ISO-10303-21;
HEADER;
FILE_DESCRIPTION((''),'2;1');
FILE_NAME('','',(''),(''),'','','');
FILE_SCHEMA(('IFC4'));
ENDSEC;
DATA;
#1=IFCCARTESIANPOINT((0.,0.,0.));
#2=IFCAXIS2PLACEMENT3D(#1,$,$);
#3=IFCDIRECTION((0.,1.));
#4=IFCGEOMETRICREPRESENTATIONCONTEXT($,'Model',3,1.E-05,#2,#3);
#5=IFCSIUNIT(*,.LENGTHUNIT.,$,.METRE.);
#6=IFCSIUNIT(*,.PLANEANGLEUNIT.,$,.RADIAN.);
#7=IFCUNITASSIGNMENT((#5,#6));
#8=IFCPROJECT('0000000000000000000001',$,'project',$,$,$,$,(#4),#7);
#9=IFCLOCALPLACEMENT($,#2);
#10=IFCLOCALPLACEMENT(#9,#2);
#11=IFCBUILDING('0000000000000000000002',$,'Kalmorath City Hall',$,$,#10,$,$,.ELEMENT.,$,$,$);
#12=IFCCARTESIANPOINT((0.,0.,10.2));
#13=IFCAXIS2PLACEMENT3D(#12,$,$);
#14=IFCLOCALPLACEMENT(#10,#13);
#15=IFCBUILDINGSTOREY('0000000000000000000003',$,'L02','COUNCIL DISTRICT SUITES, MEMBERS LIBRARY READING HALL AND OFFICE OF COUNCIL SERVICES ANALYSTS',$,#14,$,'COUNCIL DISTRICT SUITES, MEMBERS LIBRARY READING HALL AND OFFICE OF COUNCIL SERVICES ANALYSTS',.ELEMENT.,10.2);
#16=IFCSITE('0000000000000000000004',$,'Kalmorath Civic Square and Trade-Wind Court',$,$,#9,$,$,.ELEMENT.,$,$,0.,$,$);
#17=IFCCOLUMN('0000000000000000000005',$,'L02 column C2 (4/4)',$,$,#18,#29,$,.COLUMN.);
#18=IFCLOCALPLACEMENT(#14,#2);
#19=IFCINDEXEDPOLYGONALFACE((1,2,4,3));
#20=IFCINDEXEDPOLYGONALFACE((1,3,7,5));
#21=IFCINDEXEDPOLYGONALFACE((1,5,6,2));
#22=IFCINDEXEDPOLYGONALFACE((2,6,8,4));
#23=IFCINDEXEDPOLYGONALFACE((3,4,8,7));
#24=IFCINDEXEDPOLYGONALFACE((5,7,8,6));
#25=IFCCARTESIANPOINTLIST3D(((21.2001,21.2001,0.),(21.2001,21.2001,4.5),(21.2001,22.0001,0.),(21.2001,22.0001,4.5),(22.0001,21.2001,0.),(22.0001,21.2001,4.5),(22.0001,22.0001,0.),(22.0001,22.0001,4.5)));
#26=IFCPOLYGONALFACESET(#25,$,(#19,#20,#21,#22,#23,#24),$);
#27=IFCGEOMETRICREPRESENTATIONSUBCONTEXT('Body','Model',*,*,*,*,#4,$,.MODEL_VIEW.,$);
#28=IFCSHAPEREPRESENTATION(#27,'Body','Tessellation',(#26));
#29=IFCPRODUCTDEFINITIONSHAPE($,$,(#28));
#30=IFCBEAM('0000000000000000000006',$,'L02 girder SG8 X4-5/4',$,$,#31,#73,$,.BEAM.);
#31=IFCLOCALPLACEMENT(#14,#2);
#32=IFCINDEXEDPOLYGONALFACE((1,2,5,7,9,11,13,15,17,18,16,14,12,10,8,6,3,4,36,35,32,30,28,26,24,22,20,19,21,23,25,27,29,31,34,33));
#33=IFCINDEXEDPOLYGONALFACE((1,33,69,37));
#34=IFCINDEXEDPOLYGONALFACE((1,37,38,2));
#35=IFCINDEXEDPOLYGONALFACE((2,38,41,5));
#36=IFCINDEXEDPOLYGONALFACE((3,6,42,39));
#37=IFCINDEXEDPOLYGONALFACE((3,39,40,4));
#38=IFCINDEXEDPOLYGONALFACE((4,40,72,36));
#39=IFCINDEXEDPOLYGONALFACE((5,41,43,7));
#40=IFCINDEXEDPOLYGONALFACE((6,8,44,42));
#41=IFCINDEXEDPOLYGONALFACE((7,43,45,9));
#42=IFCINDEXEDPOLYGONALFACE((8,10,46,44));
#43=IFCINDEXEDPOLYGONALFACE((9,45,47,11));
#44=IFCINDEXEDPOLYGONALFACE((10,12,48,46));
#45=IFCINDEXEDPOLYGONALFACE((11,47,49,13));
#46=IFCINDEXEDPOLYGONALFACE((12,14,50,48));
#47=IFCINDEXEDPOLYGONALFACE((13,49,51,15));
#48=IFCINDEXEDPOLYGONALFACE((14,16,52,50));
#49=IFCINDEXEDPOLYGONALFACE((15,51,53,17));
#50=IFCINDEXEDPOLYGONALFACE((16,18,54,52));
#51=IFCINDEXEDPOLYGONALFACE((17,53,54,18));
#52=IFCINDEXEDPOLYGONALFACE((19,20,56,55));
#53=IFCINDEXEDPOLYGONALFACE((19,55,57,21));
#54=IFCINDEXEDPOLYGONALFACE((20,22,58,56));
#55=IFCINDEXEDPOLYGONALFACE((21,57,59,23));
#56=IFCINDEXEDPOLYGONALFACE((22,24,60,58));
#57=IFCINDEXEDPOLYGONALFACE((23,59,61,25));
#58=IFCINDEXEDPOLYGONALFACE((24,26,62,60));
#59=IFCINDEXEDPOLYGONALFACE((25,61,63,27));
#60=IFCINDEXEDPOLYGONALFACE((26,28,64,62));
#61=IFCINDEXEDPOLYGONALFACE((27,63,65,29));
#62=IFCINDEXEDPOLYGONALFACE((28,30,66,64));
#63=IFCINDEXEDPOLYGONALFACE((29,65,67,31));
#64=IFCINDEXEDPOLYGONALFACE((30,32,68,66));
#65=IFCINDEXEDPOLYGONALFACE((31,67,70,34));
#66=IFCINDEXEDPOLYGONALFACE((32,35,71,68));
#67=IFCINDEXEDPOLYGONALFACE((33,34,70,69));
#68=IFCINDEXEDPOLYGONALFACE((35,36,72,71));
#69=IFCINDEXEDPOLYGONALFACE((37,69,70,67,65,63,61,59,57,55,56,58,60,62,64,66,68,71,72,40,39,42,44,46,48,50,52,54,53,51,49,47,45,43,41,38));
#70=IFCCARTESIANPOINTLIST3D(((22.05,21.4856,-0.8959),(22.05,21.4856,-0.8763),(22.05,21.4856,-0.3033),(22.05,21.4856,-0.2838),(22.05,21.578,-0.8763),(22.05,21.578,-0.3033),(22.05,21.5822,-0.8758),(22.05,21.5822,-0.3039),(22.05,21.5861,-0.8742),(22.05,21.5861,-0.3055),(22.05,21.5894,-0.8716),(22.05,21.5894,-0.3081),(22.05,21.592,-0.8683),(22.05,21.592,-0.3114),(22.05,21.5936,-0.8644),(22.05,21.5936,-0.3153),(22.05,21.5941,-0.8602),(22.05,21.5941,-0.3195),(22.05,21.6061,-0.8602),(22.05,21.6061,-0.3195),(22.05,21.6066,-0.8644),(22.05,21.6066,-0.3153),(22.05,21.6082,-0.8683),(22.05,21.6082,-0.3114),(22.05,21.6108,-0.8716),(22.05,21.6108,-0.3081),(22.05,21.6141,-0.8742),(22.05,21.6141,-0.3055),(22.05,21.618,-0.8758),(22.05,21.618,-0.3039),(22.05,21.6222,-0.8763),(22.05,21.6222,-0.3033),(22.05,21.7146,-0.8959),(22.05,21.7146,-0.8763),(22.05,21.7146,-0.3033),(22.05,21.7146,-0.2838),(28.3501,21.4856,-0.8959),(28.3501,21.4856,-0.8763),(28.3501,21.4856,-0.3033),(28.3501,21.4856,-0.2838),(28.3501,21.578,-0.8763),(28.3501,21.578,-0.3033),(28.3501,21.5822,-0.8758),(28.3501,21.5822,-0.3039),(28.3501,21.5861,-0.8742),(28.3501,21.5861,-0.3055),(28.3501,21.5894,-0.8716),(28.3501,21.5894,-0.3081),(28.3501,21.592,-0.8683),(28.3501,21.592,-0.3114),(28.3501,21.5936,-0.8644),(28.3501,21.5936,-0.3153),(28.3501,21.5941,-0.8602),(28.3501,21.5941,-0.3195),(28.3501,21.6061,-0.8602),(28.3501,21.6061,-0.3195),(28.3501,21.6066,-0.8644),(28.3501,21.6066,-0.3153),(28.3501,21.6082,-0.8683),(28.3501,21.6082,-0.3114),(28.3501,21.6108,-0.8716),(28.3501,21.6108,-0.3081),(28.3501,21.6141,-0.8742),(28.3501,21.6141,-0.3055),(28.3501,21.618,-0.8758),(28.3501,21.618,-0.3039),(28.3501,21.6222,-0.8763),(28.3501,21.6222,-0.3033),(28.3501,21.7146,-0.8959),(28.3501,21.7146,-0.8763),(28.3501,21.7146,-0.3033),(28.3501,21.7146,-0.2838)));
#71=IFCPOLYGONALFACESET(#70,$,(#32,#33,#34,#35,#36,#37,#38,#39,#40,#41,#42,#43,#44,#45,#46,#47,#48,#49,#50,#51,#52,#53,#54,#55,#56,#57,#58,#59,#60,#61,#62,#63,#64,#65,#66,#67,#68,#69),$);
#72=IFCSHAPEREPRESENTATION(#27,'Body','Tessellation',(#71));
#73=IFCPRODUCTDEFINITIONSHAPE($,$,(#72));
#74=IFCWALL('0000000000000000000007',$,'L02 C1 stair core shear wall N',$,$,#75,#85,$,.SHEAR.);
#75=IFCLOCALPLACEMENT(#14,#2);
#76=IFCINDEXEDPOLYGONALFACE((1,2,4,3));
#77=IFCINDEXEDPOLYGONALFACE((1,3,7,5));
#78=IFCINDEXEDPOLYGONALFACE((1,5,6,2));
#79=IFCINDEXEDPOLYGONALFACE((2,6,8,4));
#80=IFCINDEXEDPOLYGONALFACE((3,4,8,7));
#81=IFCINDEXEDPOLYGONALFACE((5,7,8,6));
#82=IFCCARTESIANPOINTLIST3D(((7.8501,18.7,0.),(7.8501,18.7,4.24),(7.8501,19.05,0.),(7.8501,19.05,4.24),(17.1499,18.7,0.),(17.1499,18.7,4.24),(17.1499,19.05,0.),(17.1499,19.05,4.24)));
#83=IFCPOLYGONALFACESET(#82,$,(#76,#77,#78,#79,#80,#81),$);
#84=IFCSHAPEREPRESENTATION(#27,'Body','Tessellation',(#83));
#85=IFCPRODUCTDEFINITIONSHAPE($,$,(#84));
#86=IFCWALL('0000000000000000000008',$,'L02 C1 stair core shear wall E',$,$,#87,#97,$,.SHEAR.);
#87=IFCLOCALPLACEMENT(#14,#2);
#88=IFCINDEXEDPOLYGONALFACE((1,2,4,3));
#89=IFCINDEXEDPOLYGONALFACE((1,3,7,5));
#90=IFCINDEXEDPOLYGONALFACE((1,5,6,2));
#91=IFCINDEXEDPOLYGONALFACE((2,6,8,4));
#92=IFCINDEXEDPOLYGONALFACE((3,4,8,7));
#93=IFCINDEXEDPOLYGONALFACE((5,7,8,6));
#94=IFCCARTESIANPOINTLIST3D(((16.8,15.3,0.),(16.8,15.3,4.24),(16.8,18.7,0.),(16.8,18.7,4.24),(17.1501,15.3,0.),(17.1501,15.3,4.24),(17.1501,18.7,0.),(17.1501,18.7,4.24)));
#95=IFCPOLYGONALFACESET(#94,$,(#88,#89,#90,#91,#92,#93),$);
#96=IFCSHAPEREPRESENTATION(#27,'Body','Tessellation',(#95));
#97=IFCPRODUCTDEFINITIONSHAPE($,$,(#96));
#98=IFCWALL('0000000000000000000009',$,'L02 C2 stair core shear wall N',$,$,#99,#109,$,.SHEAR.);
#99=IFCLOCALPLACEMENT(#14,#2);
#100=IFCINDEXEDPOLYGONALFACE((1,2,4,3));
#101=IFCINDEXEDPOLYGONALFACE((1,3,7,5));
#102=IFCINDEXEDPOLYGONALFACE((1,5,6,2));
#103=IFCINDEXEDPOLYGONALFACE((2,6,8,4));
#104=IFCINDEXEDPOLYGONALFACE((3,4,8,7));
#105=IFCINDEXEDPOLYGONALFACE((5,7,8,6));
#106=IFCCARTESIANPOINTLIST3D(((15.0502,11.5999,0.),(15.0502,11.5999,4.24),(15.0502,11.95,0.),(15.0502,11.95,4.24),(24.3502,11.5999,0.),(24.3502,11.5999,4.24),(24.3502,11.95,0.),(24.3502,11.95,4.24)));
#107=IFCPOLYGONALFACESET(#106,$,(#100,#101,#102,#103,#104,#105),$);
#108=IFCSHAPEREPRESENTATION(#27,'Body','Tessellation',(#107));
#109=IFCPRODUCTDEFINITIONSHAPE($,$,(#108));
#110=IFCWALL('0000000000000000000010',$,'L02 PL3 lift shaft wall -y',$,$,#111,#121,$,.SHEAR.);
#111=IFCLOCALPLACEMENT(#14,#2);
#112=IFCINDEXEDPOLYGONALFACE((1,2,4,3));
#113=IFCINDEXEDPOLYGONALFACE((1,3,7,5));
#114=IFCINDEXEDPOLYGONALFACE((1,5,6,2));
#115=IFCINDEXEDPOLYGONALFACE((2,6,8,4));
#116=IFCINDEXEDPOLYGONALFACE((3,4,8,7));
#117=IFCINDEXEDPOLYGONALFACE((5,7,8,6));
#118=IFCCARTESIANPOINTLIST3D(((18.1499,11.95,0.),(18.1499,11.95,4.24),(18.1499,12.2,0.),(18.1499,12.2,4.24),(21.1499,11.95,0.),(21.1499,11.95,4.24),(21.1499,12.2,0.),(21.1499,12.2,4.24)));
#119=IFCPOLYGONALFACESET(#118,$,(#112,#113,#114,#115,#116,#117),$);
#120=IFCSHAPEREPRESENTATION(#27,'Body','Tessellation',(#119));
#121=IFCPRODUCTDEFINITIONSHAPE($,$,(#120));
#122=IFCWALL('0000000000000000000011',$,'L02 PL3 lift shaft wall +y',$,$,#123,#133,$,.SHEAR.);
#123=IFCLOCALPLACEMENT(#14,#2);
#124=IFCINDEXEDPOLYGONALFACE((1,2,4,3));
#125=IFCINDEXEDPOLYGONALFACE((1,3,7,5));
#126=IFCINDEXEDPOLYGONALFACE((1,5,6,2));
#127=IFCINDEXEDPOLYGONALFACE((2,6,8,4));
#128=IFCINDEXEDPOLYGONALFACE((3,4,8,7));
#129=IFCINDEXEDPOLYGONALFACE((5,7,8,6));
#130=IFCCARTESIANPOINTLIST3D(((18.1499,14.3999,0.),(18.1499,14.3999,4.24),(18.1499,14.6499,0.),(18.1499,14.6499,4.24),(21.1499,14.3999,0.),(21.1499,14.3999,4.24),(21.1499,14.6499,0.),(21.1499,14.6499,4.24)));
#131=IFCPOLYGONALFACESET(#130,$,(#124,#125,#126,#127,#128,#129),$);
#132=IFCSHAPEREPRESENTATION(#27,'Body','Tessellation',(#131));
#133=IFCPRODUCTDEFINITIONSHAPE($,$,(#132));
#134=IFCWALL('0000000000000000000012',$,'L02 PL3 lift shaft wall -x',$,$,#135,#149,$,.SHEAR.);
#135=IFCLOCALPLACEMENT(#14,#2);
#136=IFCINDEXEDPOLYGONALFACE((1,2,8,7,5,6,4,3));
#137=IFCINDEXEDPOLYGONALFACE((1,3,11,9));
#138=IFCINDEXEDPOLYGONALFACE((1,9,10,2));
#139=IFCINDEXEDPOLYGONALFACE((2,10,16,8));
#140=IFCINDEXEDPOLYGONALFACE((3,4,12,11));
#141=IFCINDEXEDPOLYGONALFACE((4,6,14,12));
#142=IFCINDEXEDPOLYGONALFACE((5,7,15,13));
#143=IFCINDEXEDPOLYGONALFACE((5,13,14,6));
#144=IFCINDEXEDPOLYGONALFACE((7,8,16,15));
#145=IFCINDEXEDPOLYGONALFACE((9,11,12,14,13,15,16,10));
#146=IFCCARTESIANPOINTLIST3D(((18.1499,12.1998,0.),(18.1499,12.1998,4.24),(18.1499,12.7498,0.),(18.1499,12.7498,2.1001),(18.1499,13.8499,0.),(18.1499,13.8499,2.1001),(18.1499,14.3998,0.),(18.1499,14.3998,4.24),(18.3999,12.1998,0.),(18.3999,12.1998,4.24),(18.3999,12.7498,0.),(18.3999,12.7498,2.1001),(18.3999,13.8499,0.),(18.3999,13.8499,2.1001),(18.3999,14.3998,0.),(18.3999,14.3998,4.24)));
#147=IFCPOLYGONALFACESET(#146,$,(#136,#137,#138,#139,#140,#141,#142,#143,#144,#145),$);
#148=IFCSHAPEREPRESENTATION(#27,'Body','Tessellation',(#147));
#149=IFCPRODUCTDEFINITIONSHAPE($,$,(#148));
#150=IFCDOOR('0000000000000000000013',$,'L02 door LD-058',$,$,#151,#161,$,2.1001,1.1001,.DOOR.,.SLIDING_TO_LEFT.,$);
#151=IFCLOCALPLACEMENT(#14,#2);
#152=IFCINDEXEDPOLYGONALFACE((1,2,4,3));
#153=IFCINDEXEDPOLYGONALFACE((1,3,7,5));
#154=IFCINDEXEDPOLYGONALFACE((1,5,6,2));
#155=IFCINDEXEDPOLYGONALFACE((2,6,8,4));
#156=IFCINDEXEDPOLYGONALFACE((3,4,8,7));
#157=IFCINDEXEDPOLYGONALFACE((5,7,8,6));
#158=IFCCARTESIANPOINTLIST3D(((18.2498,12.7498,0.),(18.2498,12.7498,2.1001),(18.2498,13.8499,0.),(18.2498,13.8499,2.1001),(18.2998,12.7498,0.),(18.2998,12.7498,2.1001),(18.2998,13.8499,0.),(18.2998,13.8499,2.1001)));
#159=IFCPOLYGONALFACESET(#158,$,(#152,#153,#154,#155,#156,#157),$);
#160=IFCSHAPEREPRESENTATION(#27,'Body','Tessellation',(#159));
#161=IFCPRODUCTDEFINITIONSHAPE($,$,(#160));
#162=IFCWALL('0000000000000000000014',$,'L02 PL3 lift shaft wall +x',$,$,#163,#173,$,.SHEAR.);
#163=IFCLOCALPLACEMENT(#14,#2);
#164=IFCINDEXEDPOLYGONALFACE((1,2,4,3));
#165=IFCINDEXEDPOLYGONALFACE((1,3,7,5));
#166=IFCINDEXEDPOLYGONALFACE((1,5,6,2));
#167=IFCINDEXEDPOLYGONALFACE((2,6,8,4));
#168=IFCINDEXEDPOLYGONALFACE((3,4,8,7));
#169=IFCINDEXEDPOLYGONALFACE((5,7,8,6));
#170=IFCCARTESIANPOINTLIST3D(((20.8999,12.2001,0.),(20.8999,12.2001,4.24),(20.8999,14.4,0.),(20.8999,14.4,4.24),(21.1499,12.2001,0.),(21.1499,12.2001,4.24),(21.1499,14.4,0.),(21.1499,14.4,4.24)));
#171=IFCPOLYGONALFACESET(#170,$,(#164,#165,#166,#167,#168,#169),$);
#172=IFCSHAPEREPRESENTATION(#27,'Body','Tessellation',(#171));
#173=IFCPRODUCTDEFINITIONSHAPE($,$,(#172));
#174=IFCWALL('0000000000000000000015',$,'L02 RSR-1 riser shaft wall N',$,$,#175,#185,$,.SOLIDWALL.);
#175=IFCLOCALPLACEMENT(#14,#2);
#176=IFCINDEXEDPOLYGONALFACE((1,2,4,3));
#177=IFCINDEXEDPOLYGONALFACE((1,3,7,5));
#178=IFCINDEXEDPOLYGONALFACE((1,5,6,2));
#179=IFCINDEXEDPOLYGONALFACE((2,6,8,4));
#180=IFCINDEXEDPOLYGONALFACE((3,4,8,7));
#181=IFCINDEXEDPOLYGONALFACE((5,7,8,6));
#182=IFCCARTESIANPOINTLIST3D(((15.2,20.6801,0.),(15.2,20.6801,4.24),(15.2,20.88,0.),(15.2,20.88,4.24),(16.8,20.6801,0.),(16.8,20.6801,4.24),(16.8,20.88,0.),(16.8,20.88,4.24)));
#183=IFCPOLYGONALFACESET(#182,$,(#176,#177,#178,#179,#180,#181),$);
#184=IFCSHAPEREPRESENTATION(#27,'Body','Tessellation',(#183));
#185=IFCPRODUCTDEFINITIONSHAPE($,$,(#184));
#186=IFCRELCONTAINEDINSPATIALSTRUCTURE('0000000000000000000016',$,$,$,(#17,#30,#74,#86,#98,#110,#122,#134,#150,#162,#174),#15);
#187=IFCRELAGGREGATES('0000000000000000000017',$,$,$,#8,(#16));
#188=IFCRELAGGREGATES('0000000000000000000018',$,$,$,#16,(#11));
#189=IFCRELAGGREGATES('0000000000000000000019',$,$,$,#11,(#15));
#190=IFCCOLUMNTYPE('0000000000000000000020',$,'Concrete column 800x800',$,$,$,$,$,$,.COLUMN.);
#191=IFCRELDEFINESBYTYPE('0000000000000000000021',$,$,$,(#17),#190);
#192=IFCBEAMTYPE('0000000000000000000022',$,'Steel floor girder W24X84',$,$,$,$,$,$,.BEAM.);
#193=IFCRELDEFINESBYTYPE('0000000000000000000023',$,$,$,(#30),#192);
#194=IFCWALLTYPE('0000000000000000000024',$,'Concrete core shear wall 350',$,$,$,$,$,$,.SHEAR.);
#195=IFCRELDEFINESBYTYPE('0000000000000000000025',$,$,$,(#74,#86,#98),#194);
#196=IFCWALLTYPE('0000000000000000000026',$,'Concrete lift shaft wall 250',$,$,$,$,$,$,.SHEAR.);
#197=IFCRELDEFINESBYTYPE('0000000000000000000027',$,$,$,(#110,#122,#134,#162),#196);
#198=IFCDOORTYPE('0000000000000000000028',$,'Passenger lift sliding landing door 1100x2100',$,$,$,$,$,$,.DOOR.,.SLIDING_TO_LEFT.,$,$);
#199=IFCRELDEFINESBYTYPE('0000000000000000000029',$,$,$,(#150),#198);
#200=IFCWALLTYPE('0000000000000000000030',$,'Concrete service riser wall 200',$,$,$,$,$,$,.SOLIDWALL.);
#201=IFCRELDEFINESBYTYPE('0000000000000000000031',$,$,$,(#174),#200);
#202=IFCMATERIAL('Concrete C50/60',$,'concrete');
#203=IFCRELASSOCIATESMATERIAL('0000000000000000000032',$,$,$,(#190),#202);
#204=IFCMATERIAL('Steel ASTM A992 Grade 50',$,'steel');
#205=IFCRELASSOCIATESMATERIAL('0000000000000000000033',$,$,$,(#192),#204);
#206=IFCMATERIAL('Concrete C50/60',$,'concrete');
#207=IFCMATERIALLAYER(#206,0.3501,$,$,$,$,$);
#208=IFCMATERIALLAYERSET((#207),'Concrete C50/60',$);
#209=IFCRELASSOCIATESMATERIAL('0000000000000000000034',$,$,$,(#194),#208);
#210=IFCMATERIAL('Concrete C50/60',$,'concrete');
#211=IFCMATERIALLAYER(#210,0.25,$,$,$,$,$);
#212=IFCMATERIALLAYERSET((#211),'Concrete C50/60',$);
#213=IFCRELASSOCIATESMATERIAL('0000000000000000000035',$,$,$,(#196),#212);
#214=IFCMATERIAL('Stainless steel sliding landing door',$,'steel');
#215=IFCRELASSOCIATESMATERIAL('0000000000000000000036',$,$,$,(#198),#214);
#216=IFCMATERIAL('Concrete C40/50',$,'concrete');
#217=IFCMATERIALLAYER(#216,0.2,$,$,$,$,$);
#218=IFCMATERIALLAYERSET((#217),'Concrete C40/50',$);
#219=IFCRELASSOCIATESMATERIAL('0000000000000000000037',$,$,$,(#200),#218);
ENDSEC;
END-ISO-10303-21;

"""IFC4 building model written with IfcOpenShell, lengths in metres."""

from ifc_helpers import new_model, si_unit, direction, frame, frame_2d, origin, origin_2d, place, context, subcontext, project, spatial, rectangle, i_section, extrude, material, layer, layer_set, material_profile, profile_set, type_object, element, fill, save


model = new_model("IFC4")

# Units and contexts
model_context = context("Model", 3, precision=1e-05, world=origin(), true_north=direction((0.0, 1.0)))
body_context = subcontext(model_context, "Body", "Model", "MODEL_VIEW")
ifc_project = project(units=[si_unit("LENGTHUNIT", "METRE"), si_unit("PLANEANGLEUNIT", "RADIAN")], contexts=[model_context])

# Site, building, storey
site_placement = place(None, origin())
site = spatial("IfcSite", under=ifc_project, at=site_placement, Name="Kalmorath Civic Square and Trade-Wind Court", CompositionType="ELEMENT", RefElevation=0.0)
building_placement = place(site_placement, origin())
building = spatial("IfcBuilding", under=site, at=building_placement, Name="Kalmorath City Hall", CompositionType="ELEMENT")
storey_placement = place(building_placement, frame((0.0, 0.0, 10.2)))
storey = spatial("IfcBuildingStorey", under=building, at=storey_placement, Name="L02", Description="COUNCIL DISTRICT SUITES, MEMBERS LIBRARY READING HALL AND OFFICE OF COUNCIL SERVICES ANALYSTS", LongName="COUNCIL DISTRICT SUITES, MEMBERS LIBRARY READING HALL AND OFFICE OF COUNCIL SERVICES ANALYSTS", CompositionType="ELEMENT", Elevation=10.2)

# Column
ifc_material_1 = material(Name="Concrete C50/60", Category="concrete")
ifc_material_profile_1 = material_profile(ifc_material_1, rectangle(XDim=0.8, YDim=0.8, at=origin_2d()), Name="RC-COL-800X800")
ifc_profile_set_1 = profile_set([ifc_material_profile_1], Name="Concrete C50/60")
column_type = type_object("IfcColumnType", Name="Concrete column 800x800", PredefinedType="COLUMN", material=ifc_profile_set_1)
column_placement = place(storey_placement, frame((21.6001, 21.6001, 0.0), z_axis=(0.0, 0.0, 1.0), x_axis=(1.0, 0.0, 0.0)))
element("IfcColumn", 1, at=column_placement, inside=storey, type_object=column_type, Name="L02 column C2 (4/4)", PredefinedType="COLUMN", context=body_context, shape_type="SweptSolid", body=[
    extrude(rectangle(XDim=0.8, YDim=0.8, at=origin_2d()), origin(), (0.0, 0.0, 1.0), 4.5),
])

# Beam
ifc_material_2 = material(Name="Steel ASTM A992 Grade 50", Category="steel")
ifc_material_profile_2 = material_profile(ifc_material_2, i_section(OverallWidth=0.229, OverallDepth=0.6121, WebThickness=0.012, FlangeThickness=0.0195, FilletRadius=0.0161, at=origin_2d()), Name="W24X84")
ifc_profile_set_2 = profile_set([ifc_material_profile_2], Name="Steel ASTM A992 Grade 50")
beam_type = type_object("IfcBeamType", Name="Steel floor girder W24X84", PredefinedType="BEAM", material=ifc_profile_set_2)
beam_placement = place(storey_placement, frame((22.05, 21.6001, -0.5898), z_axis=(1.0, 0.0, 0.0), x_axis=(0.0, 1.0, 0.0)))
element("IfcBeam", 2, at=beam_placement, inside=storey, type_object=beam_type, Name="L02 girder SG8 X4-5/4", PredefinedType="BEAM", context=body_context, shape_type="SweptSolid", body=[
    extrude(i_section(OverallWidth=0.229, OverallDepth=0.6121, WebThickness=0.012, FlangeThickness=0.0195, FilletRadius=0.0161, at=origin_2d()), origin(), (0.0, 0.0, 1.0), 6.3),
])

# Walls
ifc_material_3 = material(Name="Concrete C50/60", Category="concrete")
ifc_layer_1 = layer(ifc_material_3, 0.3501)
ifc_layer_set_1 = layer_set([ifc_layer_1], Name="Concrete C50/60")
wall_type_1 = type_object("IfcWallType", Name="Concrete core shear wall 350", PredefinedType="SHEAR", material=ifc_layer_set_1)
wall_1_placement = place(storey_placement, frame((17.1499, 18.875, 0.0), z_axis=(0.0, 0.0, 1.0), x_axis=(-1.0, 0.0, 0.0)))
element("IfcWall", 3, at=wall_1_placement, inside=storey, type_object=wall_type_1, Name="L02 C1 stair core shear wall N", PredefinedType="SHEAR", context=body_context, shape_type="SweptSolid", body=[
    extrude(rectangle(XDim=9.2998, YDim=0.3501, at=frame_2d((4.6499, 0.0))), origin(), (0.0, 0.0, 1.0), 4.24),
])
wall_2_placement = place(storey_placement, frame((16.9751, 15.3, 0.0), z_axis=(0.0, 0.0, 1.0), x_axis=(0.0, 1.0, 0.0)))
element("IfcWall", 4, at=wall_2_placement, inside=storey, type_object=wall_type_1, Name="L02 C1 stair core shear wall E", PredefinedType="SHEAR", context=body_context, shape_type="SweptSolid", body=[
    extrude(rectangle(XDim=3.3999, YDim=0.3501, at=frame_2d((1.7, 0.0))), origin(), (0.0, 0.0, 1.0), 4.24),
])
wall_3_placement = place(storey_placement, frame((24.3501, 11.7749, 0.0), z_axis=(0.0, 0.0, 1.0), x_axis=(-1.0, 0.0, 0.0)))
element("IfcWall", 5, at=wall_3_placement, inside=storey, type_object=wall_type_1, Name="L02 C2 stair core shear wall N", PredefinedType="SHEAR", context=body_context, shape_type="SweptSolid", body=[
    extrude(rectangle(XDim=9.3, YDim=0.3501, at=frame_2d((4.6499, 0.0))), origin(), (0.0, 0.0, 1.0), 4.24),
])
ifc_material_4 = material(Name="Concrete C50/60", Category="concrete")
ifc_layer_2 = layer(ifc_material_4, 0.25)
ifc_layer_set_2 = layer_set([ifc_layer_2], Name="Concrete C50/60")
wall_type_2 = type_object("IfcWallType", Name="Concrete lift shaft wall 250", PredefinedType="SHEAR", material=ifc_layer_set_2)
for number, where, z_axis, x_axis, name in (
    (6, (18.1499, 12.075, 0.0), (0.0, 0.0, 1.0), (1.0, 0.0, 0.0), "L02 PL3 lift shaft wall -y"),
    (7, (21.1499, 14.5249, 0.0), (0.0, 0.0, 1.0), (-1.0, 0.0, 0.0), "L02 PL3 lift shaft wall +y"),
):
    element("IfcWall", number, at=place(storey_placement, frame(where, z_axis=z_axis, x_axis=x_axis)), inside=storey, type_object=wall_type_2, Name=name, PredefinedType="SHEAR", context=body_context, shape_type="SweptSolid", body=[
        extrude(rectangle(XDim=3.0, YDim=0.25, at=frame_2d((1.5, 0.0))), origin(), (0.0, 0.0, 1.0), 4.24),
    ])

# Wall, opening, door
wall_4_placement = place(storey_placement, frame((18.2749, 14.3999, 0.0), z_axis=(0.0, 0.0, 1.0), x_axis=(0.0, -1.0, 0.0)))
wall_4 = element("IfcWall", 8, at=wall_4_placement, inside=storey, type_object=wall_type_2, Name="L02 PL3 lift shaft wall -x", PredefinedType="SHEAR", context=body_context, shape_type="SweptSolid", body=[
    extrude(rectangle(XDim=2.2, YDim=0.25, at=frame_2d((1.1001, 0.0))), origin(), (0.0, 0.0, 1.0), 4.24),
])
opening_1_placement = place(wall_4_placement, frame((0.55, 0.0, 0.0)))
opening_1 = element("IfcOpeningElement", 9, at=opening_1_placement, cuts=wall_4, PredefinedType="OPENING", context=body_context, shape_type="SweptSolid", body=[
    extrude(rectangle(XDim=1.1001, YDim=2.1001, at=frame_2d((0.55, 1.05))), frame((0.0, 0.135, 0.0), z_axis=(0.0, -1.0, 0.0), x_axis=(1.0, 0.0, 0.0)), (0.0, 0.0, 1.0), 0.27),
])
ifc_material_5 = material(Name="Stainless steel sliding landing door", Category="steel")
door_type_1 = type_object("IfcDoorType", Name="Passenger lift sliding landing door 1100x2100", OperationType="SLIDING_TO_LEFT", PredefinedType="DOOR", material=ifc_material_5)
door_1_placement = place(opening_1_placement, origin())
door_1 = element("IfcDoor", 10, at=door_1_placement, inside=storey, type_object=door_type_1, Name="L02 door LD-058", OperationType="SLIDING_TO_LEFT", OverallHeight=2.1001, OverallWidth=1.1001, PredefinedType="DOOR", context=body_context, shape_type="SweptSolid", body=[
    extrude(rectangle(XDim=1.1001, YDim=2.1001, at=frame_2d((0.55, 1.05))), frame((0.0, 0.0249, 0.0), z_axis=(0.0, -1.0, 0.0), x_axis=(1.0, 0.0, 0.0)), (0.0, 0.0, 1.0), 0.05),
])
fill(opening_1, door_1)

# Walls
wall_5_placement = place(storey_placement, frame((21.0249, 12.2, 0.0), z_axis=(0.0, 0.0, 1.0), x_axis=(0.0, 1.0, 0.0)))
element("IfcWall", 11, at=wall_5_placement, inside=storey, type_object=wall_type_2, Name="L02 PL3 lift shaft wall +x", PredefinedType="SHEAR", context=body_context, shape_type="SweptSolid", body=[
    extrude(rectangle(XDim=2.2, YDim=0.25, at=frame_2d((1.1001, 0.0))), origin(), (0.0, 0.0, 1.0), 4.24),
])
ifc_material_6 = material(Name="Concrete C40/50", Category="concrete")
ifc_layer_3 = layer(ifc_material_6, 0.2)
ifc_layer_set_3 = layer_set([ifc_layer_3], Name="Concrete C40/50")
wall_type_3 = type_object("IfcWallType", Name="Concrete service riser wall 200", PredefinedType="SOLIDWALL", material=ifc_layer_set_3)
wall_6_placement = place(storey_placement, frame((16.8, 20.78, 0.0), z_axis=(0.0, 0.0, 1.0), x_axis=(-1.0, 0.0, 0.0)))
element("IfcWall", 12, at=wall_6_placement, inside=storey, type_object=wall_type_3, Name="L02 RSR-1 riser shaft wall N", PredefinedType="SOLIDWALL", context=body_context, shape_type="SweptSolid", body=[
    extrude(rectangle(XDim=1.6001, YDim=0.2, at=frame_2d((0.8, 0.0))), origin(), (0.0, 0.0, 1.0), 4.24),
])

save(model, "model.ifc")
